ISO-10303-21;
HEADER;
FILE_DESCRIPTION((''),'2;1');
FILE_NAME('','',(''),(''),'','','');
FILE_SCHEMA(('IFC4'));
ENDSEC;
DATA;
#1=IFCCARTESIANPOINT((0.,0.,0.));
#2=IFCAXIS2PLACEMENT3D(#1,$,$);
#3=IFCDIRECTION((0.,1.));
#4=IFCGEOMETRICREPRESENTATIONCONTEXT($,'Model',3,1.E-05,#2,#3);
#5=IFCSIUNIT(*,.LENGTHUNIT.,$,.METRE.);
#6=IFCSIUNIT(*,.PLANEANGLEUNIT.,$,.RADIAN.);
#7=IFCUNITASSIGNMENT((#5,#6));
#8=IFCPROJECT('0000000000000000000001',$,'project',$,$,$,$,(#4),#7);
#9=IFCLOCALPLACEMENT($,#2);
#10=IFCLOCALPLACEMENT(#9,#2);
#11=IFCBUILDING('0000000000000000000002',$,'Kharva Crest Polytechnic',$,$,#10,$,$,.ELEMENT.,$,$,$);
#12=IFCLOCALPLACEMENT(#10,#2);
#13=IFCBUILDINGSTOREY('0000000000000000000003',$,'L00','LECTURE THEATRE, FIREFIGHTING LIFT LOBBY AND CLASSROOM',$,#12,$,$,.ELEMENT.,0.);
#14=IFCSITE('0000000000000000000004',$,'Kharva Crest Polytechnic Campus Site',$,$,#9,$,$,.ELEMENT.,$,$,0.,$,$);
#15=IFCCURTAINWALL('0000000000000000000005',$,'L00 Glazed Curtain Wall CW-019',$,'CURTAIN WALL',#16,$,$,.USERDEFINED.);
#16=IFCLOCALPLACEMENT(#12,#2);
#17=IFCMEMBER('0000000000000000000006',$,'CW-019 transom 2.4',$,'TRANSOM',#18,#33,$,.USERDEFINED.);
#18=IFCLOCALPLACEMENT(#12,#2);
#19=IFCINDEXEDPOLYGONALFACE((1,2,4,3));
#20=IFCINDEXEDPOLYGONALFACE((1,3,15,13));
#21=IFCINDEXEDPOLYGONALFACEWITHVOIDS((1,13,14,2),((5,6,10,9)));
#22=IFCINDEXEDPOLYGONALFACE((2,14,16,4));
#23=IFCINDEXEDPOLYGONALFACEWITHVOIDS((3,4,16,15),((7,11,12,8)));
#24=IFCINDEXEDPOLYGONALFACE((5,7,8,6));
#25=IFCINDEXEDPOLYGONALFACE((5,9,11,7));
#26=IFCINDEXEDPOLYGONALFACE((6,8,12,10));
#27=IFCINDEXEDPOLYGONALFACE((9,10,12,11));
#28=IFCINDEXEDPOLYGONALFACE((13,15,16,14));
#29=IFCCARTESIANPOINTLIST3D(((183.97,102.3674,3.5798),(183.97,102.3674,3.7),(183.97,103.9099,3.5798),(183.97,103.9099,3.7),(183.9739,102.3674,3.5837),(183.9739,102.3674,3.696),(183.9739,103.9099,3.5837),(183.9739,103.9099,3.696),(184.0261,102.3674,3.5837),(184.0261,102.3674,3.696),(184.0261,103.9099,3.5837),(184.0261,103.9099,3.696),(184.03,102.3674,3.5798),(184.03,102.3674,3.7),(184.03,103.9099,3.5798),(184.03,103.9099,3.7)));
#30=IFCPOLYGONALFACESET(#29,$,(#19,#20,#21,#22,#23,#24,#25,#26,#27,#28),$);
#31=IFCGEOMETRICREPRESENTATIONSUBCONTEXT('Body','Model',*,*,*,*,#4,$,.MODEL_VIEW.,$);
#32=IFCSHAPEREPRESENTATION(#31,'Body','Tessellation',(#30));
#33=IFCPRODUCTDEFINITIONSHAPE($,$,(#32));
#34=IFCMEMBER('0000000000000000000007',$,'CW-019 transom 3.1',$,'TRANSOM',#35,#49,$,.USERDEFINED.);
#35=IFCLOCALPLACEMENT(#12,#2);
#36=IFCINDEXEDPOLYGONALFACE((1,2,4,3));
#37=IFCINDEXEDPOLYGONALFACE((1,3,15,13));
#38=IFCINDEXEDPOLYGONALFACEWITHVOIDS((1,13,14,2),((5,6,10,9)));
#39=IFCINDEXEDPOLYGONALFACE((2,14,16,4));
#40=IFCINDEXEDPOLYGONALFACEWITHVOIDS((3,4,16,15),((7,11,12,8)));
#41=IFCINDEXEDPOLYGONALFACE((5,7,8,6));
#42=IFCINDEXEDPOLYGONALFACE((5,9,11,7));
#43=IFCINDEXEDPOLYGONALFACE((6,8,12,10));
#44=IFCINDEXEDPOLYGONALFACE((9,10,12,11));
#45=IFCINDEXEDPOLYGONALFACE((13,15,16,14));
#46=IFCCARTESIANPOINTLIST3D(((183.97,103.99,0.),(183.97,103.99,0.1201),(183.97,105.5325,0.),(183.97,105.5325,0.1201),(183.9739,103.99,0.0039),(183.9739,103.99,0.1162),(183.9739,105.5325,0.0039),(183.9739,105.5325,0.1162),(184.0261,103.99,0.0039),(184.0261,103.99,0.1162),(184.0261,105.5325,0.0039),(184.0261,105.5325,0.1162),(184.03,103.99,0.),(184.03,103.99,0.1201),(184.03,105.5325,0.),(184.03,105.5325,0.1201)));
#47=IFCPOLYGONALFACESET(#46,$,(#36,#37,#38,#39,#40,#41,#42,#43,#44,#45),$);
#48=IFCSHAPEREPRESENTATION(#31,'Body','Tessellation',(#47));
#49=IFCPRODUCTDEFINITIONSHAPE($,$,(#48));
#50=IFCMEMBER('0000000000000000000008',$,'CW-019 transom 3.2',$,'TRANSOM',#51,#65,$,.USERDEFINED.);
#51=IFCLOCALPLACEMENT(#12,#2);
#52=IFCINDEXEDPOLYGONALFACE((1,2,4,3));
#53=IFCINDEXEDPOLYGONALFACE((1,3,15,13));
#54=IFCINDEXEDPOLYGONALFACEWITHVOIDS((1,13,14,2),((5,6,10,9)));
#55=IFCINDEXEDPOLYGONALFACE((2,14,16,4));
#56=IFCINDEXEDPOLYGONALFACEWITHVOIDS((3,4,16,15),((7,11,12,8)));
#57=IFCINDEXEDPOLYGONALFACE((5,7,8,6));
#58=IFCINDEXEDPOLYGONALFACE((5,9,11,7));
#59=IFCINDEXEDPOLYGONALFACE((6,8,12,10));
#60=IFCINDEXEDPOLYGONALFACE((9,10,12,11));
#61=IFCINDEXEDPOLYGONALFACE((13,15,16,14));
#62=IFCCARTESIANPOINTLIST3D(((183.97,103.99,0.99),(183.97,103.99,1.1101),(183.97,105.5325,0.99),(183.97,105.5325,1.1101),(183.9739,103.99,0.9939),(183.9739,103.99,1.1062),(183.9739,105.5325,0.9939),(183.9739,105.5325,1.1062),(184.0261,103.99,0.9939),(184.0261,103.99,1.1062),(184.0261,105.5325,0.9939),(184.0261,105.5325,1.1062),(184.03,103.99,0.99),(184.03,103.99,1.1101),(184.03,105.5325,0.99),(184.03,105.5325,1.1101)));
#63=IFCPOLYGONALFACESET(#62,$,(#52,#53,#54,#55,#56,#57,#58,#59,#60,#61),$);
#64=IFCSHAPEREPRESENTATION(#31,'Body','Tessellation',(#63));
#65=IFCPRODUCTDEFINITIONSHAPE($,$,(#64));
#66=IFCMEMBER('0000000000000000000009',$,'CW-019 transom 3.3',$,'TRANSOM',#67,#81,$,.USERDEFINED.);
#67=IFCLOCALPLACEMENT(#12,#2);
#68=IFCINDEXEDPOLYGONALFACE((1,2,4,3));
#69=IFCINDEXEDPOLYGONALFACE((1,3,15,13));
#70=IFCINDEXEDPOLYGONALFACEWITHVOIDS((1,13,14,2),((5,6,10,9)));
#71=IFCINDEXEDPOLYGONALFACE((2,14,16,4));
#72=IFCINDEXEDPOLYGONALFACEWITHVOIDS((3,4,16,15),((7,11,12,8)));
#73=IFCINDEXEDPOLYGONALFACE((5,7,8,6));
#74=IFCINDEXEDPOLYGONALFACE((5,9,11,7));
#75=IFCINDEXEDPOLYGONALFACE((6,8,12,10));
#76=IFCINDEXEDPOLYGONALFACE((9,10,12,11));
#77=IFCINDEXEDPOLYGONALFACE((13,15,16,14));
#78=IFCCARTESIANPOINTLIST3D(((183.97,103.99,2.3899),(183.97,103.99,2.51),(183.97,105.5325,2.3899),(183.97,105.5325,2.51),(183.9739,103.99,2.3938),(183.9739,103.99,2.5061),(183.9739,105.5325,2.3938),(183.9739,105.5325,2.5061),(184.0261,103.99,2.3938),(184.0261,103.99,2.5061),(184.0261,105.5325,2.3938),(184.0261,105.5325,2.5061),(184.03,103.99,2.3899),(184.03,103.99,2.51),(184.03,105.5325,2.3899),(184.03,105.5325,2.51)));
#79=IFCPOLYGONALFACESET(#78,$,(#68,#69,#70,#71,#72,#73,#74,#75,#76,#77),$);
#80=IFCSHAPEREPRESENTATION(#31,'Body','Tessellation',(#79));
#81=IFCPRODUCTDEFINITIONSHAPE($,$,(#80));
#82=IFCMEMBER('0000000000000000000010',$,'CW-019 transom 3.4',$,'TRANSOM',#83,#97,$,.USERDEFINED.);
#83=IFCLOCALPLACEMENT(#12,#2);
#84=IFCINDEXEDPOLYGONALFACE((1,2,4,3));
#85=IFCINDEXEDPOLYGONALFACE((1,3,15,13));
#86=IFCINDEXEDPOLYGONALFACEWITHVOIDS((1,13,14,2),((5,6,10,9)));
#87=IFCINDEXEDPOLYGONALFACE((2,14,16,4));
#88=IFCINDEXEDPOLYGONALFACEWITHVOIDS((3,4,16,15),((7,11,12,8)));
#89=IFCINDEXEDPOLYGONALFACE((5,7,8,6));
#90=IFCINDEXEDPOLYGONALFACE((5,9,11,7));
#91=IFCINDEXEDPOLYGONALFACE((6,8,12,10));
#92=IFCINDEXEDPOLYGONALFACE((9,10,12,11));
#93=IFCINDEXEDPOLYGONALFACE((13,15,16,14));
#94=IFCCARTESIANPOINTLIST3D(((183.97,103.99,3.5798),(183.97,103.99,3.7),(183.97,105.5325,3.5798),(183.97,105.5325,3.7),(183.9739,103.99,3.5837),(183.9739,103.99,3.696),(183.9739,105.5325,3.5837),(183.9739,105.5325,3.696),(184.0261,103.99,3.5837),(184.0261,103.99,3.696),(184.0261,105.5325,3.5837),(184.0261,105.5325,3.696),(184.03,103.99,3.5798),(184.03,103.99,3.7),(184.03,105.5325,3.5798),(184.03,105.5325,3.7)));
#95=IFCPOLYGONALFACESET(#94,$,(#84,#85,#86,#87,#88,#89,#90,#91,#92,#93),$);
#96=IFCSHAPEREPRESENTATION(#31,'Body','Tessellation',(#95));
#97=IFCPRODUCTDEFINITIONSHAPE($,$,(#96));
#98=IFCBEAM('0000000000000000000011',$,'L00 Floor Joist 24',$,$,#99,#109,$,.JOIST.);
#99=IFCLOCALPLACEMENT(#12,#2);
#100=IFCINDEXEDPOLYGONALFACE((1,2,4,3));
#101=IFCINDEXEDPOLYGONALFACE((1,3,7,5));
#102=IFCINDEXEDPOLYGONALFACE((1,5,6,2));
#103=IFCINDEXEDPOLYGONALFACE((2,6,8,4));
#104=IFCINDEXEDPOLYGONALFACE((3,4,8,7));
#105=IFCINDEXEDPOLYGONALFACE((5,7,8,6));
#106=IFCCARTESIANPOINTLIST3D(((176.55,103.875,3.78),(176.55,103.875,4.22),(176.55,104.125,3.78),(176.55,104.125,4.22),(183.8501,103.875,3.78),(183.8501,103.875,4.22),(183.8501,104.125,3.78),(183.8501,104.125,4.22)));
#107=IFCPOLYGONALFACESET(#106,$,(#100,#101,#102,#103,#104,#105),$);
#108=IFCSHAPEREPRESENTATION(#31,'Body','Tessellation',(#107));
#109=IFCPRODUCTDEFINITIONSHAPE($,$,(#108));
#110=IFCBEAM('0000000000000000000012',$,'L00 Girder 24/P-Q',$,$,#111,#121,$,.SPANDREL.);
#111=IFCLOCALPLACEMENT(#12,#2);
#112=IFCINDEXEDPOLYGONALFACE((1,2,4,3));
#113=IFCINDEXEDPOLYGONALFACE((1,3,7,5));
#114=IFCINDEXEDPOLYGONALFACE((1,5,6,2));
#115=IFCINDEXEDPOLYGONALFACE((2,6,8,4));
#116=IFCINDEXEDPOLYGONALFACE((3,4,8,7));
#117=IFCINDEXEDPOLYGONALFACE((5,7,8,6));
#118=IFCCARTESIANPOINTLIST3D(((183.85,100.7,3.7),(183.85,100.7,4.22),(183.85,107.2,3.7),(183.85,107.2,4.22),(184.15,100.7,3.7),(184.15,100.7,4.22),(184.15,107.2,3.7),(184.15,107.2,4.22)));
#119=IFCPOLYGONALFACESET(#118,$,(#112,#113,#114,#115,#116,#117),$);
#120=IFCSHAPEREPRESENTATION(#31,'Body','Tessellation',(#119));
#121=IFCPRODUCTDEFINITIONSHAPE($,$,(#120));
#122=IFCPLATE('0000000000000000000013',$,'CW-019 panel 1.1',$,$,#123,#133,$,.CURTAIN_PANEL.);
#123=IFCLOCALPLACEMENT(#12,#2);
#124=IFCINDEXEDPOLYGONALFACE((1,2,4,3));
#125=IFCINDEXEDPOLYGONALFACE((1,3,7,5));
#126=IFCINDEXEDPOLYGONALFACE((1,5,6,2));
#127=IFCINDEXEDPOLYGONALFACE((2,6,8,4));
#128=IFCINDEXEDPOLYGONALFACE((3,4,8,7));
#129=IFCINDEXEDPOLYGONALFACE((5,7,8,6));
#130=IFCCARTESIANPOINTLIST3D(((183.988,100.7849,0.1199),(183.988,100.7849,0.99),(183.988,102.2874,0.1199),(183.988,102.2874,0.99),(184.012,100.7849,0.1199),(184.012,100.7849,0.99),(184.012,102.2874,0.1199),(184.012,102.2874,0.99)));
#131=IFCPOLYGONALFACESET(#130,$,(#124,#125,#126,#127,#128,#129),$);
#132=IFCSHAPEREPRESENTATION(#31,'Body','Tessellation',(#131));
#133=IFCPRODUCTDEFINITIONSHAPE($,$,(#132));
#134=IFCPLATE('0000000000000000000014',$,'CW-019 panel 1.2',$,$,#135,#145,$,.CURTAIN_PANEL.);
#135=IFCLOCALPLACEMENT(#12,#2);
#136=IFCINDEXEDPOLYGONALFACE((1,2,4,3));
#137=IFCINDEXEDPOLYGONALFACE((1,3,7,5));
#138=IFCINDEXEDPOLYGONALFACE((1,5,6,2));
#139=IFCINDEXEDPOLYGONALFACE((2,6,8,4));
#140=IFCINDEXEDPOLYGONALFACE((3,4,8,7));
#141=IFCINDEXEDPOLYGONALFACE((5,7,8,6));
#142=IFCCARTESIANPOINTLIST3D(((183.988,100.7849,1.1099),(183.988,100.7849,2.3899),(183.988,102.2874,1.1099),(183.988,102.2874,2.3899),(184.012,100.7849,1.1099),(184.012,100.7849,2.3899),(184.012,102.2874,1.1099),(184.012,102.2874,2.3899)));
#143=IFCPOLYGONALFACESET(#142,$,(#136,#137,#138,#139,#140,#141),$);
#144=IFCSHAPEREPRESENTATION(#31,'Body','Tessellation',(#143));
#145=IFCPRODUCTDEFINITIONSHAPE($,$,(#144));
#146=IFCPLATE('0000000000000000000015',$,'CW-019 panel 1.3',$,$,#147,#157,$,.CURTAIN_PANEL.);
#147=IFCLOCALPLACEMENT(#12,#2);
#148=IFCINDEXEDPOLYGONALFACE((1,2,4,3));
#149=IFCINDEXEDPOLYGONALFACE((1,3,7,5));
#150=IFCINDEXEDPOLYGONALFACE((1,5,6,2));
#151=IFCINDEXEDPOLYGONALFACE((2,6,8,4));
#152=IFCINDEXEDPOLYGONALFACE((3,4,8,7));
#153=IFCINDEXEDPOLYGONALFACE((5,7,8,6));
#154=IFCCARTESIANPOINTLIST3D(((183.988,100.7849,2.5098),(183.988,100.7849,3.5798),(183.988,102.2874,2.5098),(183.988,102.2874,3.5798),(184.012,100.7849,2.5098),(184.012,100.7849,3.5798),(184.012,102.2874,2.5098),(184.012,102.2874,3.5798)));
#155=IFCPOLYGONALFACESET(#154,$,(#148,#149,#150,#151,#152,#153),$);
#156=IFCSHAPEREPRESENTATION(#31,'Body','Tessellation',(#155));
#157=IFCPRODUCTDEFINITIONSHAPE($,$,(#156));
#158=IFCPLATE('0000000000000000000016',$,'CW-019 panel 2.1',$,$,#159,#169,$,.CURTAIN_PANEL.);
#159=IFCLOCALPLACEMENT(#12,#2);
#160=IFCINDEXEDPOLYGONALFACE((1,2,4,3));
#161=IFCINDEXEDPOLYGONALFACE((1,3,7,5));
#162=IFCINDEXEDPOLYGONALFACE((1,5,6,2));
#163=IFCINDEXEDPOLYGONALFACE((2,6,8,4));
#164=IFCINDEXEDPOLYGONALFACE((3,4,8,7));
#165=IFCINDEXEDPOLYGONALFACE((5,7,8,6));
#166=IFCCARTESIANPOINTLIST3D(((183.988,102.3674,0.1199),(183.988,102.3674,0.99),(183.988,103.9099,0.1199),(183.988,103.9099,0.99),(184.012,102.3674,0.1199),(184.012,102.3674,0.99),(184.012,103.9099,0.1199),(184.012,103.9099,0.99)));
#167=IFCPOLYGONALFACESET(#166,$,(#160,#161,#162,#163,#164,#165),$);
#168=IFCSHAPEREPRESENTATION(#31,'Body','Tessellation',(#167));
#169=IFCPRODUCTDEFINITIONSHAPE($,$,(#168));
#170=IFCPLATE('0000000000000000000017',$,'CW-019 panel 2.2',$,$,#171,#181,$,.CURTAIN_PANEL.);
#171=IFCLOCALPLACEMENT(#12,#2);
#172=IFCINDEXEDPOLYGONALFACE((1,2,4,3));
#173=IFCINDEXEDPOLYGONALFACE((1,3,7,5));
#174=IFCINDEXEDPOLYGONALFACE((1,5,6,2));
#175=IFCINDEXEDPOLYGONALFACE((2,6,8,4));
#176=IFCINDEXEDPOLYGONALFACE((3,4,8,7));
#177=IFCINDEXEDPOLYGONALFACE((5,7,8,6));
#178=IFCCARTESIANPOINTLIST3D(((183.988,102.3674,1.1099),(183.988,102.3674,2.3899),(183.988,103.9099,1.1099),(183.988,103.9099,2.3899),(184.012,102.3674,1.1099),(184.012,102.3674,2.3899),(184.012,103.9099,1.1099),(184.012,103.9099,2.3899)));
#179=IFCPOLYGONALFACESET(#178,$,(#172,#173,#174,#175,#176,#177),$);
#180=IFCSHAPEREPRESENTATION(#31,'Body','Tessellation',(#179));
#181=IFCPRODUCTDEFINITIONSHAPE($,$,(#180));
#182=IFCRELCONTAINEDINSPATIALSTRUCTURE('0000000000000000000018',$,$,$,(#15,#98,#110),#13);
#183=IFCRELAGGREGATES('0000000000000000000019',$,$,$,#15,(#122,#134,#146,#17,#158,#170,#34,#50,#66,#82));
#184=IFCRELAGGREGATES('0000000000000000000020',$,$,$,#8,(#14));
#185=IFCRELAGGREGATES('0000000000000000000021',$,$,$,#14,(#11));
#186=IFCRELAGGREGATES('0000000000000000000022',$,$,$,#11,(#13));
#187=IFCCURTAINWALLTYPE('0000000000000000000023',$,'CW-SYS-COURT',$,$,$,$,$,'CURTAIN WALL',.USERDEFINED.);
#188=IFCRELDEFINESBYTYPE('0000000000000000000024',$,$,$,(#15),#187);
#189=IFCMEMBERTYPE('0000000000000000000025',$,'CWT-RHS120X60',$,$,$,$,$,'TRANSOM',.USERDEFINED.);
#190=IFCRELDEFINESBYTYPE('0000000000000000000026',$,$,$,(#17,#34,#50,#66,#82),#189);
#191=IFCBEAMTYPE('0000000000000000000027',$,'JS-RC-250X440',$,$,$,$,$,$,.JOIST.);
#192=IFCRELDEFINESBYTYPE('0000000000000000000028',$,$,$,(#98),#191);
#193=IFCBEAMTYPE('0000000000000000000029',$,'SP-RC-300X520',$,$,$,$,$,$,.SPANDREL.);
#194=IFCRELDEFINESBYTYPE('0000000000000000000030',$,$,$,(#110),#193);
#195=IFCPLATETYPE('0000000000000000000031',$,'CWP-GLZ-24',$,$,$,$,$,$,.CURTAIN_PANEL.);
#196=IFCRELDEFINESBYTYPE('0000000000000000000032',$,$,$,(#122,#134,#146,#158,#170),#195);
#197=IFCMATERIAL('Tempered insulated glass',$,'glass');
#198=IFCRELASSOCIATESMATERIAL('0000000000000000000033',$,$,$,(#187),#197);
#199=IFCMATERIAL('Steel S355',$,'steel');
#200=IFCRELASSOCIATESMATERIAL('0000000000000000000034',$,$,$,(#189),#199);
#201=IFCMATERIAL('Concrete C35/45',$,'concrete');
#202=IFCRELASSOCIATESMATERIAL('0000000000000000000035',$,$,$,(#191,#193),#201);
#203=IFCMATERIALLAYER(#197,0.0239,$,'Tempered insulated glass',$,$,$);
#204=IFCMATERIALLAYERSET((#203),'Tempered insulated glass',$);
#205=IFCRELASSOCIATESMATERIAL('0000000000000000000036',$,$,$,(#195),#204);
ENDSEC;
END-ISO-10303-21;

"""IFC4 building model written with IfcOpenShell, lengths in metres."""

from ifc_helpers import new_model, si_unit, direction, frame, origin, origin_2d, place, context, subcontext, project, spatial, rectangle, hollow_rectangle, extrude, material, layer, layer_set, material_profile, profile_set, type_object, element, aggregate, save


model = new_model("IFC4")

# Units and contexts
model_context = context("Model", 3, precision=1e-05, world=origin(), true_north=direction((0.0, 1.0)))
body_context = subcontext(model_context, "Body", "Model", "MODEL_VIEW")
ifc_project = project(units=[si_unit("LENGTHUNIT", "METRE"), si_unit("PLANEANGLEUNIT", "RADIAN")], contexts=[model_context])

# Site, building, storey
site_placement = place(None, origin())
site = spatial("IfcSite", under=ifc_project, at=site_placement, Name="Kharva Crest Polytechnic Campus Site", CompositionType="ELEMENT", RefElevation=0.0)
building_placement = place(site_placement, origin())
building = spatial("IfcBuilding", under=site, at=building_placement, Name="Kharva Crest Polytechnic", CompositionType="ELEMENT")
storey_placement = place(building_placement, origin())
storey = spatial("IfcBuildingStorey", under=building, at=storey_placement, Name="L00", Description="LECTURE THEATRE, FIREFIGHTING LIFT LOBBY AND CLASSROOM", CompositionType="ELEMENT", Elevation=0.0)

# Shared definitions
ifc_material_1 = material(Name="Concrete C35/45", Category="concrete")

# Curtain wall, members
ifc_material_2 = material(Name="Tempered insulated glass", Category="glass")
curtain_wall_type = type_object("IfcCurtainWallType", Name="CW-SYS-COURT", ElementType="CURTAIN WALL", PredefinedType="USERDEFINED", material=ifc_material_2)
curtain_wall_placement = place(storey_placement, origin())
curtain_wall = element("IfcCurtainWall", 1, at=curtain_wall_placement, inside=storey, type_object=curtain_wall_type, Name="L00 Glazed Curtain Wall CW-019", ObjectType="CURTAIN WALL", PredefinedType="USERDEFINED")
ifc_material_3 = material(Name="Steel S355", Category="steel")
ifc_material_profile_1 = material_profile(ifc_material_3, hollow_rectangle(XDim=0.0601, YDim=0.1201, WallThickness=0.0039, at=origin_2d()), Name="RHS 120X60X4.0")
ifc_profile_set_1 = profile_set([ifc_material_profile_1], Name="Steel S355")
member_type_1 = type_object("IfcMemberType", Name="CWT-RHS120X60", ElementType="TRANSOM", PredefinedType="USERDEFINED", material=ifc_profile_set_1)
member_1_placement = place(storey_placement, frame((184.0, 102.3674, 3.6399), z_axis=(0.0, 1.0, 0.0), x_axis=(-1.0, 0.0, 0.0)))
member_1 = element("IfcMember", 2, at=member_1_placement, type_object=member_type_1, Name="CW-019 transom 2.4", ObjectType="TRANSOM", PredefinedType="USERDEFINED", context=body_context, shape_type="SweptSolid", body=[
    extrude(hollow_rectangle(XDim=0.0601, YDim=0.1201, WallThickness=0.0039, at=origin_2d()), origin(), (0.0, 0.0, 1.0), 1.5425),
])
member_2_placement = place(storey_placement, frame((184.0, 103.99, 0.0601), z_axis=(0.0, 1.0, 0.0), x_axis=(-1.0, 0.0, 0.0)))
member_2 = element("IfcMember", 3, at=member_2_placement, type_object=member_type_1, Name="CW-019 transom 3.1", ObjectType="TRANSOM", PredefinedType="USERDEFINED", context=body_context, shape_type="SweptSolid", body=[
    extrude(hollow_rectangle(XDim=0.0601, YDim=0.1201, WallThickness=0.0039, at=origin_2d()), origin(), (0.0, 0.0, 1.0), 1.5425),
])
member_3_placement = place(storey_placement, frame((184.0, 103.99, 1.05), z_axis=(0.0, 1.0, 0.0), x_axis=(-1.0, 0.0, 0.0)))
member_3 = element("IfcMember", 4, at=member_3_placement, type_object=member_type_1, Name="CW-019 transom 3.2", ObjectType="TRANSOM", PredefinedType="USERDEFINED", context=body_context, shape_type="SweptSolid", body=[
    extrude(hollow_rectangle(XDim=0.0601, YDim=0.1201, WallThickness=0.0039, at=origin_2d()), origin(), (0.0, 0.0, 1.0), 1.5425),
])
member_4_placement = place(storey_placement, frame((184.0, 103.99, 2.45), z_axis=(0.0, 1.0, 0.0), x_axis=(-1.0, 0.0, 0.0)))
member_4 = element("IfcMember", 5, at=member_4_placement, type_object=member_type_1, Name="CW-019 transom 3.3", ObjectType="TRANSOM", PredefinedType="USERDEFINED", context=body_context, shape_type="SweptSolid", body=[
    extrude(hollow_rectangle(XDim=0.0601, YDim=0.1201, WallThickness=0.0039, at=origin_2d()), origin(), (0.0, 0.0, 1.0), 1.5425),
])
member_5_placement = place(storey_placement, frame((184.0, 103.99, 3.6399), z_axis=(0.0, 1.0, 0.0), x_axis=(-1.0, 0.0, 0.0)))
member_5 = element("IfcMember", 6, at=member_5_placement, type_object=member_type_1, Name="CW-019 transom 3.4", ObjectType="TRANSOM", PredefinedType="USERDEFINED", context=body_context, shape_type="SweptSolid", body=[
    extrude(hollow_rectangle(XDim=0.0601, YDim=0.1201, WallThickness=0.0039, at=origin_2d()), origin(), (0.0, 0.0, 1.0), 1.5425),
])

# Beams
ifc_material_profile_2 = material_profile(ifc_material_1, rectangle(XDim=0.25, YDim=0.4399, at=origin_2d()), Name="RECT 250 X 440")
ifc_profile_set_2 = profile_set([ifc_material_profile_2], Name="Concrete C35/45")
beam_type_1 = type_object("IfcBeamType", Name="JS-RC-250X440", PredefinedType="JOIST", material=ifc_profile_set_2)
beam_1_placement = place(storey_placement, frame((176.55, 104.0, 4.0), z_axis=(1.0, 0.0, 0.0), x_axis=(0.0, 1.0, 0.0)))
element("IfcBeam", 7, at=beam_1_placement, inside=storey, type_object=beam_type_1, Name="L00 Floor Joist 24", PredefinedType="JOIST", context=body_context, shape_type="SweptSolid", body=[
    extrude(rectangle(XDim=0.25, YDim=0.4399, at=origin_2d()), origin(), (0.0, 0.0, 1.0), 7.3),
])
ifc_material_profile_3 = material_profile(ifc_material_1, rectangle(XDim=0.3, YDim=0.52, at=origin_2d()), Name="RECT 300 X 520")
ifc_profile_set_3 = profile_set([ifc_material_profile_3], Name="Concrete C35/45")
beam_type_2 = type_object("IfcBeamType", Name="SP-RC-300X520", PredefinedType="SPANDREL", material=ifc_profile_set_3)
beam_2_placement = place(storey_placement, frame((184.0, 100.7, 3.96), z_axis=(0.0, 1.0, 0.0), x_axis=(-1.0, 0.0, 0.0)))
element("IfcBeam", 8, at=beam_2_placement, inside=storey, type_object=beam_type_2, Name="L00 Girder 24/P-Q", PredefinedType="SPANDREL", context=body_context, shape_type="SweptSolid", body=[
    extrude(rectangle(XDim=0.3, YDim=0.52, at=origin_2d()), origin(), (0.0, 0.0, 1.0), 6.5),
])

# Plates
ifc_layer = layer(ifc_material_2, 0.0239, Name="Tempered insulated glass")
ifc_layer_set = layer_set([ifc_layer], Name="Tempered insulated glass")
plate_type = type_object("IfcPlateType", Name="CWP-GLZ-24", PredefinedType="CURTAIN_PANEL", material=ifc_layer_set)
plate_1_placement = place(storey_placement, frame((184.0, 101.5361, 0.1199), z_axis=(0.0, 0.0, 1.0), x_axis=(0.0, 1.0, 0.0)))
plate_1 = element("IfcPlate", 9, at=plate_1_placement, type_object=plate_type, Name="CW-019 panel 1.1", PredefinedType="CURTAIN_PANEL", context=body_context, shape_type="SweptSolid", body=[
    extrude(rectangle(XDim=1.5024, YDim=0.0239, at=origin_2d()), origin(), (0.0, 0.0, 1.0), 0.8701),
])
plate_2_placement = place(storey_placement, frame((184.0, 101.5361, 1.1099), z_axis=(0.0, 0.0, 1.0), x_axis=(0.0, 1.0, 0.0)))
plate_2 = element("IfcPlate", 10, at=plate_2_placement, type_object=plate_type, Name="CW-019 panel 1.2", PredefinedType="CURTAIN_PANEL", context=body_context, shape_type="SweptSolid", body=[
    extrude(rectangle(XDim=1.5024, YDim=0.0239, at=origin_2d()), origin(), (0.0, 0.0, 1.0), 1.28),
])
plate_3_placement = place(storey_placement, frame((184.0, 101.5361, 2.5098), z_axis=(0.0, 0.0, 1.0), x_axis=(0.0, 1.0, 0.0)))
plate_3 = element("IfcPlate", 11, at=plate_3_placement, type_object=plate_type, Name="CW-019 panel 1.3", PredefinedType="CURTAIN_PANEL", context=body_context, shape_type="SweptSolid", body=[
    extrude(rectangle(XDim=1.5024, YDim=0.0239, at=origin_2d()), origin(), (0.0, 0.0, 1.0), 1.0701),
])
plate_4_placement = place(storey_placement, frame((184.0, 103.1387, 0.1199), z_axis=(0.0, 0.0, 1.0), x_axis=(0.0, 1.0, 0.0)))
plate_4 = element("IfcPlate", 12, at=plate_4_placement, type_object=plate_type, Name="CW-019 panel 2.1", PredefinedType="CURTAIN_PANEL", context=body_context, shape_type="SweptSolid", body=[
    extrude(rectangle(XDim=1.5425, YDim=0.0239, at=origin_2d()), origin(), (0.0, 0.0, 1.0), 0.8701),
])
plate_5_placement = place(storey_placement, frame((184.0, 103.1387, 1.1099), z_axis=(0.0, 0.0, 1.0), x_axis=(0.0, 1.0, 0.0)))
plate_5 = element("IfcPlate", 13, at=plate_5_placement, type_object=plate_type, Name="CW-019 panel 2.2", PredefinedType="CURTAIN_PANEL", context=body_context, shape_type="SweptSolid", body=[
    extrude(rectangle(XDim=1.5425, YDim=0.0239, at=origin_2d()), origin(), (0.0, 0.0, 1.0), 1.28),
])
aggregate(curtain_wall, [plate_1, plate_2, plate_3, member_1, plate_4, plate_5, member_2, member_3, member_4, member_5])

save(model, "model.ifc")
